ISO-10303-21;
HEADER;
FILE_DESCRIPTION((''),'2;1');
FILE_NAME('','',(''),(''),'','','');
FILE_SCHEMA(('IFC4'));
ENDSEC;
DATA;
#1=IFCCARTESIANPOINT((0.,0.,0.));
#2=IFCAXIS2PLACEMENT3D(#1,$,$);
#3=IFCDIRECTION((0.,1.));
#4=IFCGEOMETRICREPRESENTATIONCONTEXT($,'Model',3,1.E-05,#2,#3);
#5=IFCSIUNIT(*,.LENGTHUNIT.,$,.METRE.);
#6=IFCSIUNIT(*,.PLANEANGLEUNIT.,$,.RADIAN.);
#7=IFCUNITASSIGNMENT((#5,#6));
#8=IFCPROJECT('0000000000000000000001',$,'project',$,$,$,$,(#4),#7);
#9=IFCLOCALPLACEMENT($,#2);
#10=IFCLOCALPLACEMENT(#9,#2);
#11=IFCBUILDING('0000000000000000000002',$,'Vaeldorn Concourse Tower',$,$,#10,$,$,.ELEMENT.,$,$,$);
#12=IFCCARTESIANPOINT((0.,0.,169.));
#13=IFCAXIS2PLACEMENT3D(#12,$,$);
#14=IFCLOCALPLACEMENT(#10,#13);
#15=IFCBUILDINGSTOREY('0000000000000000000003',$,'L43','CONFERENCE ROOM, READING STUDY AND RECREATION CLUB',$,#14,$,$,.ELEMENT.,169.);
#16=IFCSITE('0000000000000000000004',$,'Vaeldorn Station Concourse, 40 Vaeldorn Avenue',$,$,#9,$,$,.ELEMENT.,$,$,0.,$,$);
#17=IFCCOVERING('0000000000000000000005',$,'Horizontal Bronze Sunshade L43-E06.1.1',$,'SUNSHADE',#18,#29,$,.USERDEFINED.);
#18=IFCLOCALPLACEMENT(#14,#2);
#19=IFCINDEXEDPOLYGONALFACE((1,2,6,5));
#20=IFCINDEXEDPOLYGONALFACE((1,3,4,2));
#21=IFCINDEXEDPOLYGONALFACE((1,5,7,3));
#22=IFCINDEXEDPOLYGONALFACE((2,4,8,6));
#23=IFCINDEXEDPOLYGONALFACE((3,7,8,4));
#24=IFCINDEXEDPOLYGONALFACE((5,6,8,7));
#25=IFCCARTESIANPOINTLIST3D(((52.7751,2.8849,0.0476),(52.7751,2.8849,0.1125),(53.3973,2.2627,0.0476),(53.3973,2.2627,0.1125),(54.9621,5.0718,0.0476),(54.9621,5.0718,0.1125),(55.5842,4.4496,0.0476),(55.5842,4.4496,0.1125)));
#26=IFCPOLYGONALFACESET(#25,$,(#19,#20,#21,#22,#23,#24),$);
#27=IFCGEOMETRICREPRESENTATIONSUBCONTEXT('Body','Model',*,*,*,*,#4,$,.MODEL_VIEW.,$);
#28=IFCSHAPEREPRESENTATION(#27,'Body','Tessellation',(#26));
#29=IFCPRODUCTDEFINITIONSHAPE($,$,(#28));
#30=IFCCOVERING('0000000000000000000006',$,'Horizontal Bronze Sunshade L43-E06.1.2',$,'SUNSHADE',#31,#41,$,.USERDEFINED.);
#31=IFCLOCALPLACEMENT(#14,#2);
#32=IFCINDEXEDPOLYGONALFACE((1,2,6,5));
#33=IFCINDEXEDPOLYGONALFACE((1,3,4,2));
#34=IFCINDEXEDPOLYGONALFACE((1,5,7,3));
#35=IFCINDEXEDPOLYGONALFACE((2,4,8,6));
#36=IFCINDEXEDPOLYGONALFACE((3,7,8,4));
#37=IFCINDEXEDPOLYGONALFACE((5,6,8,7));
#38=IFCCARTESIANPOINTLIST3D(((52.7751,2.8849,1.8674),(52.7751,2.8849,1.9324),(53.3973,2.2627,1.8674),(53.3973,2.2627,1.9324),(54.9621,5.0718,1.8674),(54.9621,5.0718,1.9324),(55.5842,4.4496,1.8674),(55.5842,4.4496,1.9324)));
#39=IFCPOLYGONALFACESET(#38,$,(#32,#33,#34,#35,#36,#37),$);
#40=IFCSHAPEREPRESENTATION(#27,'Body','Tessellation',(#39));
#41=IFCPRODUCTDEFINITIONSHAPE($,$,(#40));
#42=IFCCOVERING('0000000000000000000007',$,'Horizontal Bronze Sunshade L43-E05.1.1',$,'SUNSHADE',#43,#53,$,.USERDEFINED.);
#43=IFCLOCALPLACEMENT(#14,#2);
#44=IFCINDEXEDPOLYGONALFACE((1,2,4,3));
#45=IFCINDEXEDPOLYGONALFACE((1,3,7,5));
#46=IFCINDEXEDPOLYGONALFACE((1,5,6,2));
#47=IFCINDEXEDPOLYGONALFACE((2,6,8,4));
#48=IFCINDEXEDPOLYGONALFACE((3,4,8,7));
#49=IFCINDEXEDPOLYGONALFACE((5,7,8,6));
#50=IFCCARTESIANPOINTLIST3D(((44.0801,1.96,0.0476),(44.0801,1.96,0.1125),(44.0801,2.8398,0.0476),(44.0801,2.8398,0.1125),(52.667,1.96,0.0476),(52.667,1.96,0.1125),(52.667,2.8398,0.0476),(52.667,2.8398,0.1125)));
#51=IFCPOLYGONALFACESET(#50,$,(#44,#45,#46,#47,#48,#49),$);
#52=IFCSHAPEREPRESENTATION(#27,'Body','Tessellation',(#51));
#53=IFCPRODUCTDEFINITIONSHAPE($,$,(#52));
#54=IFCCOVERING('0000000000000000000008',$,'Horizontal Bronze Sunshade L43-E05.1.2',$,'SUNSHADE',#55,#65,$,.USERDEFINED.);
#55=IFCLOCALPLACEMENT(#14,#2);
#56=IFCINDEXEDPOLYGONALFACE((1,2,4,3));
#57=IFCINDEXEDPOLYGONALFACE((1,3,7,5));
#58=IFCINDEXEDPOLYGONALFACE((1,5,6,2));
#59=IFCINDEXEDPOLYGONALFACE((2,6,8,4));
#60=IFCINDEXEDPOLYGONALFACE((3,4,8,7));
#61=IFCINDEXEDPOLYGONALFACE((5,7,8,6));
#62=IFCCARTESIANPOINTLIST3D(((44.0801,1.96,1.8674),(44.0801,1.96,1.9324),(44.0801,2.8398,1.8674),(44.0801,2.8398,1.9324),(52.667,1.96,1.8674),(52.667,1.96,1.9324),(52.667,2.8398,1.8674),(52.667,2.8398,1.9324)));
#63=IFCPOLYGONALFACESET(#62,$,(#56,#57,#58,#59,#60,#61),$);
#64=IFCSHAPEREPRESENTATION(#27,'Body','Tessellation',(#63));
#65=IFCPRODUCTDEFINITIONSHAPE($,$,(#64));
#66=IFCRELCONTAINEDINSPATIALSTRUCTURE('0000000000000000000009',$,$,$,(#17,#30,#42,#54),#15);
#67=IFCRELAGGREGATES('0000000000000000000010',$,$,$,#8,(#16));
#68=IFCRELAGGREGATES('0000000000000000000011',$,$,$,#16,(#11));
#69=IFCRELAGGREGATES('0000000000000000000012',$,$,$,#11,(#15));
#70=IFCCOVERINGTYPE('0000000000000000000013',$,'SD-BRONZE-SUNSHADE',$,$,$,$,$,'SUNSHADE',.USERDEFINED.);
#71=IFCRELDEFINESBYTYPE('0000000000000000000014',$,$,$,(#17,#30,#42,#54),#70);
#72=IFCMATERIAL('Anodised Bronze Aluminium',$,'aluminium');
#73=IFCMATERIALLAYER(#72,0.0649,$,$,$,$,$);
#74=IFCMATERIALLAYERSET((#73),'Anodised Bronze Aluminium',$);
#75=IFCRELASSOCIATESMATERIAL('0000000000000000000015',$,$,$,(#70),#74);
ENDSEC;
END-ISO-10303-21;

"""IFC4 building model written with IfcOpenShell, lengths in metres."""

from ifc_helpers import new_model, si_unit, direction, frame, origin, origin_2d, place, context, subcontext, project, spatial, rectangle, extrude, source, transform, mapped, material, layer, layer_set, type_object, element, save


model = new_model("IFC4")

# Units and contexts
model_context = context("Model", 3, precision=1e-05, world=origin(), true_north=direction((0.0, 1.0)))
body_context = subcontext(model_context, "Body", "Model", "MODEL_VIEW")
ifc_project = project(units=[si_unit("LENGTHUNIT", "METRE"), si_unit("PLANEANGLEUNIT", "RADIAN")], contexts=[model_context])

# Site, building, storey
site_placement = place(None, origin())
site = spatial("IfcSite", under=ifc_project, at=site_placement, Name="Vaeldorn Station Concourse, 40 Vaeldorn Avenue", CompositionType="ELEMENT", RefElevation=0.0)
building_placement = place(site_placement, origin())
building = spatial("IfcBuilding", under=site, at=building_placement, Name="Vaeldorn Concourse Tower", CompositionType="ELEMENT")
storey_placement = place(building_placement, frame((0.0, 0.0, 169.0)))
storey = spatial("IfcBuildingStorey", under=building, at=storey_placement, Name="L43", Description="CONFERENCE ROOM, READING STUDY AND RECREATION CLUB", CompositionType="ELEMENT", Elevation=169.0)

# Shared definitions
ifc_material_1 = material(Name="Anodised Bronze Aluminium", Category="aluminium")

# Coverings
ifc_layer_1 = layer(ifc_material_1, 0.0649)
ifc_layer_set_1 = layer_set([ifc_layer_1], Name="Anodised Bronze Aluminium")
covering_type = type_object("IfcCoveringType", Name="SD-BRONZE-SUNSHADE", ElementType="SUNSHADE", PredefinedType="USERDEFINED", material=ifc_layer_set_1)
shared_shape_1 = source(origin(), body_context, "Body", "SweptSolid", [
    extrude(rectangle(XDim=3.0928, YDim=0.8799, at=origin_2d()), origin(), (0.0, 0.0, 1.0), 0.0649),
])
for number, where, z_axis, x_axis, name in (
    (1, (54.1797, 3.6672, 0.0476), (0.0, 0.0, 1.0), (0.707107, 0.707107, 0.0), "Horizontal Bronze Sunshade L43-E06.1.1"),
    (2, (54.1797, 3.6672, 1.8674), (0.0, 0.0, 1.0), (0.707107, 0.707107, 0.0), "Horizontal Bronze Sunshade L43-E06.1.2"),
):
    element("IfcCovering", number, at=place(storey_placement, frame(where, z_axis=z_axis, x_axis=x_axis)), inside=storey, type_object=covering_type, Name=name, ObjectType="SUNSHADE", PredefinedType="USERDEFINED", context=body_context, shape_type="MappedRepresentation", body=[
        mapped(shared_shape_1, transform((0.0, 0.0, 0.0), scale=1.0)),
    ])
shared_shape_2 = source(origin(), body_context, "Body", "SweptSolid", [
    extrude(rectangle(XDim=8.5869, YDim=0.8799, at=origin_2d()), origin(), (0.0, 0.0, 1.0), 0.0649),
])
for number, where, z_axis, x_axis, name in (
    (3, (48.3735, 2.3999, 0.0476), (0.0, 0.0, 1.0), (1.0, 0.0, 0.0), "Horizontal Bronze Sunshade L43-E05.1.1"),
    (4, (48.3735, 2.3999, 1.8674), (0.0, 0.0, 1.0), (1.0, 0.0, 0.0), "Horizontal Bronze Sunshade L43-E05.1.2"),
):
    element("IfcCovering", number, at=place(storey_placement, frame(where, z_axis=z_axis, x_axis=x_axis)), inside=storey, type_object=covering_type, Name=name, ObjectType="SUNSHADE", PredefinedType="USERDEFINED", context=body_context, shape_type="MappedRepresentation", body=[
        mapped(shared_shape_2, transform((0.0, 0.0, 0.0), scale=1.0)),
    ])

save(model, "model.ifc")
